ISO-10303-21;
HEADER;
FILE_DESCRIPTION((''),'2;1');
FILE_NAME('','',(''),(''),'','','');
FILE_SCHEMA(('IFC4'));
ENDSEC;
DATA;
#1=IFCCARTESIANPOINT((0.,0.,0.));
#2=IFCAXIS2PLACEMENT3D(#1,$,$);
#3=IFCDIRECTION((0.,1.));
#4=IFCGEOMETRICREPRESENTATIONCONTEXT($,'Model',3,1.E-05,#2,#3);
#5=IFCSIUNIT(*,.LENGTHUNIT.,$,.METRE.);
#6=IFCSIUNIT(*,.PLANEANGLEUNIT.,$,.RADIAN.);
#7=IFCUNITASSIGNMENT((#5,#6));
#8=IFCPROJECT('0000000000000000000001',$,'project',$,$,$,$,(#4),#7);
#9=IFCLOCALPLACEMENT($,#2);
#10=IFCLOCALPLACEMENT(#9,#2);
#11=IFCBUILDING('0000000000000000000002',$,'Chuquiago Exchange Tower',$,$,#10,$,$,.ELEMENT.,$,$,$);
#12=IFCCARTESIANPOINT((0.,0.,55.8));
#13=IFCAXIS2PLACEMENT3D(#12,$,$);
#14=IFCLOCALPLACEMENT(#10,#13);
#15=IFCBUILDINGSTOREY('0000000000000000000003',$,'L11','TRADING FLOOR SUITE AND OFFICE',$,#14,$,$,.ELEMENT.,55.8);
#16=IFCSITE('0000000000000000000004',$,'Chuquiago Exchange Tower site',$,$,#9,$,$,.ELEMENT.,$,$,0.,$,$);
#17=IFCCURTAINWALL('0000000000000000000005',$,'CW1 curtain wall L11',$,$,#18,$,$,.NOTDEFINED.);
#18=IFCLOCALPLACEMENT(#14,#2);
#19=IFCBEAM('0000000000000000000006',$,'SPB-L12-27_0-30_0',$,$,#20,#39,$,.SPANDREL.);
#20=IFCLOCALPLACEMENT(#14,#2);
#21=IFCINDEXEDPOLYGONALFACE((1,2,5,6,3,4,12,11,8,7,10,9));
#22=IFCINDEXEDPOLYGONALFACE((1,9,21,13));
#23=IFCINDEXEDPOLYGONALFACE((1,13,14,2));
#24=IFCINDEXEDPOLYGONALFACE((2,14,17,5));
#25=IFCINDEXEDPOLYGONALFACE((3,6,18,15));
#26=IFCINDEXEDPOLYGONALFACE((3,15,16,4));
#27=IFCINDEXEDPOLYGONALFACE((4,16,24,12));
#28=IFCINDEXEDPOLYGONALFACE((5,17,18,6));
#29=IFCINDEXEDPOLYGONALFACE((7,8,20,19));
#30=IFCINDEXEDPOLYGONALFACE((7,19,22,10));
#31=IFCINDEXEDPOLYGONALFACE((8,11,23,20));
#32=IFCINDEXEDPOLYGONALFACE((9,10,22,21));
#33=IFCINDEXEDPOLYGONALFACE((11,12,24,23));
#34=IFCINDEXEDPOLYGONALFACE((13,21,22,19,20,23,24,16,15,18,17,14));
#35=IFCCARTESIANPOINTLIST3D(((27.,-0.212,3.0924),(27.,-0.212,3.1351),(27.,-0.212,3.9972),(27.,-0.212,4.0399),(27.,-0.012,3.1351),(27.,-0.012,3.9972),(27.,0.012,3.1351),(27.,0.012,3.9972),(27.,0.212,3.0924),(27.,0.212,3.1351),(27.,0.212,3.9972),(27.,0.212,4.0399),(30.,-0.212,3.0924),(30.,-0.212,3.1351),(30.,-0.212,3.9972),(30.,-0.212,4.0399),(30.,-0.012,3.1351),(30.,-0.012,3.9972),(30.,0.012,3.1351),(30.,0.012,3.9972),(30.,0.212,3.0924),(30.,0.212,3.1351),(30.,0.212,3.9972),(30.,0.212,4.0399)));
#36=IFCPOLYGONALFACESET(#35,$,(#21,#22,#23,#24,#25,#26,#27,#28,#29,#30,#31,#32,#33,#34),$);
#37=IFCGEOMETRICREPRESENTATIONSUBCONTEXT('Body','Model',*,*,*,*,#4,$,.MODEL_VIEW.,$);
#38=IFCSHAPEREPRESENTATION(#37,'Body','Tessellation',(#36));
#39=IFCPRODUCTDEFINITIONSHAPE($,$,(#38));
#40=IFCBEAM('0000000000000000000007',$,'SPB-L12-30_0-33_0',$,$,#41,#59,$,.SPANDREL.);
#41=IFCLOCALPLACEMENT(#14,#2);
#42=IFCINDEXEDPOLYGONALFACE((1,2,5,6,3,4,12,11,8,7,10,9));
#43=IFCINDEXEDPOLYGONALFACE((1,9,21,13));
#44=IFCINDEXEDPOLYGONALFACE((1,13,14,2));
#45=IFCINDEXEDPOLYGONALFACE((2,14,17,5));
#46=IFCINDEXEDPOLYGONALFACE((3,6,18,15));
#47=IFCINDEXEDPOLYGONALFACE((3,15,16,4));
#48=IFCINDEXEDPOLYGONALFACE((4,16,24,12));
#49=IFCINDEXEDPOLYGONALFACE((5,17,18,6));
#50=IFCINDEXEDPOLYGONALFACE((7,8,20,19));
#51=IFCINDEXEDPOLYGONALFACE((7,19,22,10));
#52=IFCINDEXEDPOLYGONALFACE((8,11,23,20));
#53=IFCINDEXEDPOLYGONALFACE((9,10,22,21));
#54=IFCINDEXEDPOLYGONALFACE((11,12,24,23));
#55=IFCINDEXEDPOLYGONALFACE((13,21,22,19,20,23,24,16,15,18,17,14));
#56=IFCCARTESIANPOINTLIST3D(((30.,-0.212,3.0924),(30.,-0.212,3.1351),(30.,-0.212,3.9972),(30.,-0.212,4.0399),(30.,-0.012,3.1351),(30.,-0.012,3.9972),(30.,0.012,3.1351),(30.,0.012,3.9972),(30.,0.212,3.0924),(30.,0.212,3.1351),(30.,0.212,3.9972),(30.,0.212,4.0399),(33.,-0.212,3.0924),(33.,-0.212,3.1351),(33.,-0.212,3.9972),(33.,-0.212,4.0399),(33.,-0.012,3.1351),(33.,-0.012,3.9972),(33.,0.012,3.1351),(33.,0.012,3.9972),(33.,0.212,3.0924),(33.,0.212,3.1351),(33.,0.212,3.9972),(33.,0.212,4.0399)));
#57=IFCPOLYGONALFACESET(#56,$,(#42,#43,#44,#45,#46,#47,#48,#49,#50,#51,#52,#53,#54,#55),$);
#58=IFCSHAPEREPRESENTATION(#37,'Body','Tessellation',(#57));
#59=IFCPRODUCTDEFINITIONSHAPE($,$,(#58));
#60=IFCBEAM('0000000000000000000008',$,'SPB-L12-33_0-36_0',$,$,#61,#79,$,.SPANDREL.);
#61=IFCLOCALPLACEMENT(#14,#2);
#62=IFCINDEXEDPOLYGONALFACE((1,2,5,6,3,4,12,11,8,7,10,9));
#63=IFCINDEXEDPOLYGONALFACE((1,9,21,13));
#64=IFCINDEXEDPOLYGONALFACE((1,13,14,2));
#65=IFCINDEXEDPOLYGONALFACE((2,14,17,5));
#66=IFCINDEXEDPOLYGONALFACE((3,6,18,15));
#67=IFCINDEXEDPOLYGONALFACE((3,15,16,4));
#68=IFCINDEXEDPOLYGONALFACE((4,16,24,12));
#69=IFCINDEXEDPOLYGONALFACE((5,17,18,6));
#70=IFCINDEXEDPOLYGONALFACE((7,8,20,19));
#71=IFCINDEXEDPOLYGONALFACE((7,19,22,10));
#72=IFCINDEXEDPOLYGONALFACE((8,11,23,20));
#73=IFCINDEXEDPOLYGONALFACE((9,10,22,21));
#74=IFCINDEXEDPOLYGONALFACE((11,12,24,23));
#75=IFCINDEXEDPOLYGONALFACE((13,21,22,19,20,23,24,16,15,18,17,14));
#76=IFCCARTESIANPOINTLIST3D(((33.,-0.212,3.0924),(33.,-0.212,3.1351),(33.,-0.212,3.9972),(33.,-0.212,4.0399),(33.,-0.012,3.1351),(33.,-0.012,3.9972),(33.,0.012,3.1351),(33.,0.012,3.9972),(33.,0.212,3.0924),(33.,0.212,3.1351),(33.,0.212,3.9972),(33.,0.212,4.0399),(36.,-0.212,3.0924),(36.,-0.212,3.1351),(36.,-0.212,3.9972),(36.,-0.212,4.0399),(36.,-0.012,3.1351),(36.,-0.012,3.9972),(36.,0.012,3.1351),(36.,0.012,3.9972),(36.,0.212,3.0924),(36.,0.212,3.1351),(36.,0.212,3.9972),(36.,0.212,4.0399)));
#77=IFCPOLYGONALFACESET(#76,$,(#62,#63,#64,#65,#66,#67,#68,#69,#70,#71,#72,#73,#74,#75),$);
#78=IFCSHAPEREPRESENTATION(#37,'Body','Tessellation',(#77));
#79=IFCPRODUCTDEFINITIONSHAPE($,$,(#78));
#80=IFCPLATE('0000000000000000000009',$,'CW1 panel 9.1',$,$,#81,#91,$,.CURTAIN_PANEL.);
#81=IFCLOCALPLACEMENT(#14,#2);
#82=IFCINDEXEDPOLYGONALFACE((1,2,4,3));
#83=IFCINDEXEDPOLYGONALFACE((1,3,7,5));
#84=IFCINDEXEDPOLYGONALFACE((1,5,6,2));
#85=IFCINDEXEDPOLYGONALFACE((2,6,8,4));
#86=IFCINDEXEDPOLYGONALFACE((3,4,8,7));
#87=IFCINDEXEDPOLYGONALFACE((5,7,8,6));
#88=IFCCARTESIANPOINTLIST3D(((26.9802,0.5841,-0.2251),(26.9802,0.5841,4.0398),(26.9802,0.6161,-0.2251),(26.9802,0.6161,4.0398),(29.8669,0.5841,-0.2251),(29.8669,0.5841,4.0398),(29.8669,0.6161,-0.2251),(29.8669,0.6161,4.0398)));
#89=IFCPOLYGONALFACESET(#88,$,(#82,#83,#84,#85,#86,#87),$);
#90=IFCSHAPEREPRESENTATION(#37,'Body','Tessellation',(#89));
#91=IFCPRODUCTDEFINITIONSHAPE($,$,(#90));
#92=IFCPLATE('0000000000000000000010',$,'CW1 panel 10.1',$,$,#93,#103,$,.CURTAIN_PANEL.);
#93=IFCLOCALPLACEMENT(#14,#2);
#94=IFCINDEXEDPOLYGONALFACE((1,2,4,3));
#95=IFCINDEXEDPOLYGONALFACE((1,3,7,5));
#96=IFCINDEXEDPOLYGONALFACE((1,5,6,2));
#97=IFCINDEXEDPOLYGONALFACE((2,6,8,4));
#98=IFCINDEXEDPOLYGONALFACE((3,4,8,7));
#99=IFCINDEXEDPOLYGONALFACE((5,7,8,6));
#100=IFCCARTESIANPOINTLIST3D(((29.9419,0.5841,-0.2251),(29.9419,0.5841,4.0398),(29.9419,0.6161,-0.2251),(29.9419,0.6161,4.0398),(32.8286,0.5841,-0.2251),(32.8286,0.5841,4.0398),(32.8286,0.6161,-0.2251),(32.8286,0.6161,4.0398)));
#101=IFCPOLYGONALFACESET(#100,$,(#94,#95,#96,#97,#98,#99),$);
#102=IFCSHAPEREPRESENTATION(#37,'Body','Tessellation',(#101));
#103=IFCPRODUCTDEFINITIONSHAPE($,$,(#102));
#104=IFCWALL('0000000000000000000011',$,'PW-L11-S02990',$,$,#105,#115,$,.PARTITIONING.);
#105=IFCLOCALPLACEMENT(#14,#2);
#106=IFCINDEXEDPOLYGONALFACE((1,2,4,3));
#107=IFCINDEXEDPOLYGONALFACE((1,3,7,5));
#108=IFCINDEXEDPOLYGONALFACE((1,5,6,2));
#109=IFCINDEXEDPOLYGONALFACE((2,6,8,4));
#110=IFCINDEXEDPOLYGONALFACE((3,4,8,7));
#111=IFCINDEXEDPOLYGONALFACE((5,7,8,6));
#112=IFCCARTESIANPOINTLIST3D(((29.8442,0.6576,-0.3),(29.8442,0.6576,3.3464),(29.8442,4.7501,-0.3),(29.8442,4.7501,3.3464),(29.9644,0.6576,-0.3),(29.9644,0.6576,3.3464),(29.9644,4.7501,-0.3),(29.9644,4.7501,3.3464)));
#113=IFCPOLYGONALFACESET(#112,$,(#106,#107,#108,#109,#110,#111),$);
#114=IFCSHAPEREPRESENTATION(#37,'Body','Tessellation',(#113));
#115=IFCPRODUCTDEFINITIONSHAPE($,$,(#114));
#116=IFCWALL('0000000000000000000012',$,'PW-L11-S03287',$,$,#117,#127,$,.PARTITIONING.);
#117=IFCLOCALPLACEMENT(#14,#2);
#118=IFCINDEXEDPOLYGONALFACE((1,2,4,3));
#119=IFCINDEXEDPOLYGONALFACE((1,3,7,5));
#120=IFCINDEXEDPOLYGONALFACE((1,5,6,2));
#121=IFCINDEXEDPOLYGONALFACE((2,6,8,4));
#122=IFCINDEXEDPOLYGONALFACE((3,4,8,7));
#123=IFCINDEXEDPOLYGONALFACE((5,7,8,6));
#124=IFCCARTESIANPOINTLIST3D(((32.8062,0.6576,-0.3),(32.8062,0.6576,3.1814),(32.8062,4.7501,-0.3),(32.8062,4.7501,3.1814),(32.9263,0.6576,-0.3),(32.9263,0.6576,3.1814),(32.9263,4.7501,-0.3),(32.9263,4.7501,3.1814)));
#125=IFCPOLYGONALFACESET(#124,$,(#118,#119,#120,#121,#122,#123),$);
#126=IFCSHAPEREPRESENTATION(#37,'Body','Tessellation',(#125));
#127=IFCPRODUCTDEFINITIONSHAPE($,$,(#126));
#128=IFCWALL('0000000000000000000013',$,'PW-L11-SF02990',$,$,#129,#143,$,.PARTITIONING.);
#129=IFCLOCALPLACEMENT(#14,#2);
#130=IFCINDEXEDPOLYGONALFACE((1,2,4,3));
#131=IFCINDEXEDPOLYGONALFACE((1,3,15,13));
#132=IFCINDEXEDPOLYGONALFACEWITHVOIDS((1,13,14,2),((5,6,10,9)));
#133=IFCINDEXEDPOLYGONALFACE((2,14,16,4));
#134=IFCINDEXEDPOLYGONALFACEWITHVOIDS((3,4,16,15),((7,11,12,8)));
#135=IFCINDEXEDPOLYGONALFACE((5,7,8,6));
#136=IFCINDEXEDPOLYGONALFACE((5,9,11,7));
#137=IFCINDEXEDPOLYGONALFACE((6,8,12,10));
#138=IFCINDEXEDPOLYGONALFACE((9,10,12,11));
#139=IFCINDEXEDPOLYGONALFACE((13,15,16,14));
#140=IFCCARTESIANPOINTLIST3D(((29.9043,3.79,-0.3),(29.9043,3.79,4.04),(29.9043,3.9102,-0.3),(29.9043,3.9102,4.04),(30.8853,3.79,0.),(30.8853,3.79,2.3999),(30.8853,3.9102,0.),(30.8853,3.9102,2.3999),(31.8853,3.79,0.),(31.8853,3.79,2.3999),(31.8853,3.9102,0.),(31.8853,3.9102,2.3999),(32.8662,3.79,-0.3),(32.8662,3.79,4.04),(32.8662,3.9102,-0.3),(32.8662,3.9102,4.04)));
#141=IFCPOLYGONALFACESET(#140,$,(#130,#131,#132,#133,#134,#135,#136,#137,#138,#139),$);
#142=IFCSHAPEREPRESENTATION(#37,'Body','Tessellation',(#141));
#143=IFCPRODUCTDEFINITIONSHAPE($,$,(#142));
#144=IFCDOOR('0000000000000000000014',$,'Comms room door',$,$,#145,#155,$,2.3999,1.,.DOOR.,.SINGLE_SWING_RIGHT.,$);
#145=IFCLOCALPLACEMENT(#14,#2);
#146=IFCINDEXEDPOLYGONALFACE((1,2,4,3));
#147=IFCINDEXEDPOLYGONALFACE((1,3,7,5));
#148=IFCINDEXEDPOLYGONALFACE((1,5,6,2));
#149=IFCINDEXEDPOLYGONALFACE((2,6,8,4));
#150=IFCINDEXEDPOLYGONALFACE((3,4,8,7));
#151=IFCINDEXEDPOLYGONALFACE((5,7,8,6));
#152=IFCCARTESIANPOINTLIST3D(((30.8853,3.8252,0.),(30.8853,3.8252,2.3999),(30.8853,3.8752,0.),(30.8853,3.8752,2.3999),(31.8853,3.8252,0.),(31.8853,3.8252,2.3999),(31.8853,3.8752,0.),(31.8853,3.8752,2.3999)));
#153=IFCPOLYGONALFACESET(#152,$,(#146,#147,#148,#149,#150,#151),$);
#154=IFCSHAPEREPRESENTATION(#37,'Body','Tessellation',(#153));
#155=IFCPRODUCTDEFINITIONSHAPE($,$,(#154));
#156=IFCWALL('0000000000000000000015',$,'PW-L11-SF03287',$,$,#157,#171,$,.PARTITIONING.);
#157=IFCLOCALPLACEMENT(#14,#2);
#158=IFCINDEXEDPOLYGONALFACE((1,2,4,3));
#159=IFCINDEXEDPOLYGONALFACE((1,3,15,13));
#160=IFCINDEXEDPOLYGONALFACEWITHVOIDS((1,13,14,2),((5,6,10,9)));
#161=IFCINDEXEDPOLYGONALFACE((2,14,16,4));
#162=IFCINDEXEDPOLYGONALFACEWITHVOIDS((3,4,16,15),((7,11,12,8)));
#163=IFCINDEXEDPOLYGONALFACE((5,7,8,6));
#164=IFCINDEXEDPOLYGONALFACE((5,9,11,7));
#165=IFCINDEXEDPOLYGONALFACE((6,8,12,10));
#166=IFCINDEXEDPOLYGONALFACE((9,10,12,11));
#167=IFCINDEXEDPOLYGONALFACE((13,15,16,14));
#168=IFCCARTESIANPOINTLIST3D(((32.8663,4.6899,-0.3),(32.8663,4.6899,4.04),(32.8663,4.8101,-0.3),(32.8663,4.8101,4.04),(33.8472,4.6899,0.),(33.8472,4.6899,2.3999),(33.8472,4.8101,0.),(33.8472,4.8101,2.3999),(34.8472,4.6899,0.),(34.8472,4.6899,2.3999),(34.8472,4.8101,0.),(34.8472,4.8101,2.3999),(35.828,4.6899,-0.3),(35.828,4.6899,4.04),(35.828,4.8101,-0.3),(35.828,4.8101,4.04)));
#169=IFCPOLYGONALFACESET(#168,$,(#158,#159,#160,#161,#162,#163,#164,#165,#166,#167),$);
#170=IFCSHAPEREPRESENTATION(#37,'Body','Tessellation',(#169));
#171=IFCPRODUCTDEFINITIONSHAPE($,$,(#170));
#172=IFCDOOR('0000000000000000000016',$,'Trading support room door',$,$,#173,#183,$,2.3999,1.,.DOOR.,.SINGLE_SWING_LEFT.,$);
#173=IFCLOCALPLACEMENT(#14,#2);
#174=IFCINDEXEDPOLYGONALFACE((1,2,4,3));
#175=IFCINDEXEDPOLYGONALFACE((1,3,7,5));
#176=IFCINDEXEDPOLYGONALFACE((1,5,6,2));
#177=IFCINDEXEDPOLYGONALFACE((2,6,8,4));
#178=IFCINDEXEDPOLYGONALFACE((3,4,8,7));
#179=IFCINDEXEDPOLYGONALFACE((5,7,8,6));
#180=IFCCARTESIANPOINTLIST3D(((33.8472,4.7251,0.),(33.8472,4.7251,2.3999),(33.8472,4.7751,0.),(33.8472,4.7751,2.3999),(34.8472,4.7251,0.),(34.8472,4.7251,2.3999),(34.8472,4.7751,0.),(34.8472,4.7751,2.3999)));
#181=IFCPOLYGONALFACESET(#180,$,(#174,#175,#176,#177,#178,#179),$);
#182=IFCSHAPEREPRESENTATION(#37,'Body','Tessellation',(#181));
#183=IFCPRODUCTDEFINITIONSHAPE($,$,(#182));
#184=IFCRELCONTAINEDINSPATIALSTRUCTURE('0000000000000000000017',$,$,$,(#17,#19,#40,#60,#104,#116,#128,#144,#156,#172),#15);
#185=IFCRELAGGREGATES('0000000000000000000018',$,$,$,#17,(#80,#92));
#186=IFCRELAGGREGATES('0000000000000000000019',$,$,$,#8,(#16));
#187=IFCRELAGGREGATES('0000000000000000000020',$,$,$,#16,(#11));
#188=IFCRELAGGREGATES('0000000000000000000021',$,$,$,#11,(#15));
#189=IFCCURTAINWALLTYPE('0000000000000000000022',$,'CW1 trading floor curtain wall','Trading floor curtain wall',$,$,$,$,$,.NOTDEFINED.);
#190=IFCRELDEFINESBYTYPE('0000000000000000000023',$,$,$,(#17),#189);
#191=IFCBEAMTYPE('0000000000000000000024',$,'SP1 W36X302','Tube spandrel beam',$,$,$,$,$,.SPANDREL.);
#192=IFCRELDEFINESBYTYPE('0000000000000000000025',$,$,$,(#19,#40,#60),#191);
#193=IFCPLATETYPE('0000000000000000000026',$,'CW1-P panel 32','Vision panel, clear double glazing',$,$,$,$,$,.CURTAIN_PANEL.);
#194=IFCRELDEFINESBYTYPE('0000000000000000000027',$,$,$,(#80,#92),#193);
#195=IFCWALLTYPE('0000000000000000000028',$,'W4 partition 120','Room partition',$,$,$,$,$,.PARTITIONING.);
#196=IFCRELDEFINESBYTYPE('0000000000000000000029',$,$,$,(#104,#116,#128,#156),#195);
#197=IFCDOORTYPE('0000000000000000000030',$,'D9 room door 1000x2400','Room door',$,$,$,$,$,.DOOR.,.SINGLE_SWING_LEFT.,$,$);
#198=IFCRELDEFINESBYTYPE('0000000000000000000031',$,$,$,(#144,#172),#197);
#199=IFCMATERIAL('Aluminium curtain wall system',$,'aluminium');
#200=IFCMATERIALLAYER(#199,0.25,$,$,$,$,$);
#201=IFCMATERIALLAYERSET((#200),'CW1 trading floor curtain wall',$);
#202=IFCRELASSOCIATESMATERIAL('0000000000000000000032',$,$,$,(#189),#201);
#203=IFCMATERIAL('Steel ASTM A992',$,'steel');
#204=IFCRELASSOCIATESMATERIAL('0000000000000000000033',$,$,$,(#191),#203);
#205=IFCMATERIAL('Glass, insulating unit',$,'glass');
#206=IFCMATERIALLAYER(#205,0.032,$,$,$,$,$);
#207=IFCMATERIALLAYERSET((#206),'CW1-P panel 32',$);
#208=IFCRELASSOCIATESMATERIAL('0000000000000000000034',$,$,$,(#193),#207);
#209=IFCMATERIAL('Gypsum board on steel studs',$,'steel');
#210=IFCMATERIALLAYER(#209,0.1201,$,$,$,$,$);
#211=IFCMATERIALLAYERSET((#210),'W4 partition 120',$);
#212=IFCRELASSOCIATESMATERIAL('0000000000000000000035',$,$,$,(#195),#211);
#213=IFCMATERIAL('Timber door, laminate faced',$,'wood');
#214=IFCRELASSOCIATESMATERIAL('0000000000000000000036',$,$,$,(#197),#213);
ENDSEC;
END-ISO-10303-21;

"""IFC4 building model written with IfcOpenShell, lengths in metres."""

from ifc_helpers import new_model, si_unit, direction, frame, frame_2d, origin, origin_2d, place, context, subcontext, project, spatial, rectangle, i_section, extrude, material, layer, layer_set, material_profile, profile_set, type_object, element, fill, aggregate, save


model = new_model("IFC4")

# Units and contexts
model_context = context("Model", 3, precision=1e-05, world=origin(), true_north=direction((0.0, 1.0)))
body_context = subcontext(model_context, "Body", "Model", "MODEL_VIEW")
ifc_project = project(units=[si_unit("LENGTHUNIT", "METRE"), si_unit("PLANEANGLEUNIT", "RADIAN")], contexts=[model_context])

# Site, building, storey
site_placement = place(None, origin())
site = spatial("IfcSite", under=ifc_project, at=site_placement, Name="Chuquiago Exchange Tower site", CompositionType="ELEMENT", RefElevation=0.0)
building_placement = place(site_placement, origin())
building = spatial("IfcBuilding", under=site, at=building_placement, Name="Chuquiago Exchange Tower", CompositionType="ELEMENT")
storey_placement = place(building_placement, frame((0.0, 0.0, 55.8)))
storey = spatial("IfcBuildingStorey", under=building, at=storey_placement, Name="L11", Description="TRADING FLOOR SUITE AND OFFICE", CompositionType="ELEMENT", Elevation=55.8)

# Curtain wall
ifc_material_1 = material(Name="Aluminium curtain wall system", Category="aluminium")
ifc_layer_1 = layer(ifc_material_1, 0.25)
ifc_layer_set_1 = layer_set([ifc_layer_1], Name="CW1 trading floor curtain wall")
curtain_wall_type = type_object("IfcCurtainWallType", Name="CW1 trading floor curtain wall", Description="Trading floor curtain wall", PredefinedType="NOTDEFINED", material=ifc_layer_set_1)
curtain_wall_placement = place(storey_placement, origin())
curtain_wall = element("IfcCurtainWall", 1, at=curtain_wall_placement, inside=storey, type_object=curtain_wall_type, Name="CW1 curtain wall L11", PredefinedType="NOTDEFINED")

# Beams
ifc_material_2 = material(Name="Steel ASTM A992", Category="steel")
ifc_material_profile_1 = material_profile(ifc_material_2, i_section(OverallWidth=0.4241, OverallDepth=0.9475, WebThickness=0.0239, FlangeThickness=0.0427, at=origin_2d()), Name="W36X302")
ifc_profile_set_1 = profile_set([ifc_material_profile_1], Name="Steel ASTM A992")
beam_type_1 = type_object("IfcBeamType", Name="SP1 W36X302", Description="Tube spandrel beam", PredefinedType="SPANDREL", material=ifc_profile_set_1)
for number, where, z_axis, x_axis, name in (
    (2, (27.0, 0.0, 3.5662), (1.0, 0.0, 0.0), (0.0, 1.0, 0.0), "SPB-L12-27_0-30_0"),
    (3, (30.0, 0.0, 3.5662), (1.0, 0.0, 0.0), (0.0, 1.0, 0.0), "SPB-L12-30_0-33_0"),
    (4, (33.0, 0.0, 3.5662), (1.0, 0.0, 0.0), (0.0, 1.0, 0.0), "SPB-L12-33_0-36_0"),
):
    element("IfcBeam", number, at=place(storey_placement, frame(where, z_axis=z_axis, x_axis=x_axis)), inside=storey, type_object=beam_type_1, Name=name, PredefinedType="SPANDREL", context=body_context, shape_type="SweptSolid", body=[
        extrude(i_section(OverallWidth=0.4241, OverallDepth=0.9475, WebThickness=0.0239, FlangeThickness=0.0427, at=origin_2d()), origin(), (0.0, 0.0, 1.0), 3.0),
    ])

# Plates
ifc_material_3 = material(Name="Glass, insulating unit", Category="glass")
ifc_layer_2 = layer(ifc_material_3, 0.032)
ifc_layer_set_2 = layer_set([ifc_layer_2], Name="CW1-P panel 32")
plate_type = type_object("IfcPlateType", Name="CW1-P panel 32", Description="Vision panel, clear double glazing", PredefinedType="CURTAIN_PANEL", material=ifc_layer_set_2)
plate_1_placement = place(storey_placement, frame((28.4236, 0.6001, -0.2251), z_axis=(0.0, 0.0, 1.0), x_axis=(1.0, 0.0, 0.0)))
plate_1 = element("IfcPlate", 5, at=plate_1_placement, type_object=plate_type, Name="CW1 panel 9.1", PredefinedType="CURTAIN_PANEL", context=body_context, shape_type="SweptSolid", body=[
    extrude(rectangle(XDim=2.8867, YDim=0.032, at=origin_2d()), origin(), (0.0, 0.0, 1.0), 4.2649),
])
plate_2_placement = place(storey_placement, frame((31.3853, 0.6001, -0.2251), z_axis=(0.0, 0.0, 1.0), x_axis=(1.0, 0.0, 0.0)))
plate_2 = element("IfcPlate", 6, at=plate_2_placement, type_object=plate_type, Name="CW1 panel 10.1", PredefinedType="CURTAIN_PANEL", context=body_context, shape_type="SweptSolid", body=[
    extrude(rectangle(XDim=2.8867, YDim=0.032, at=origin_2d()), origin(), (0.0, 0.0, 1.0), 4.2649),
])
aggregate(curtain_wall, [plate_1, plate_2])

# Walls
ifc_material_4 = material(Name="Gypsum board on steel studs", Category="steel")
ifc_layer_3 = layer(ifc_material_4, 0.1201)
ifc_layer_set_3 = layer_set([ifc_layer_3], Name="W4 partition 120")
wall_type = type_object("IfcWallType", Name="W4 partition 120", Description="Room partition", PredefinedType="PARTITIONING", material=ifc_layer_set_3)
wall_1_placement = place(storey_placement, frame((29.9043, 0.6575, -0.3), z_axis=(0.0, 0.0, 1.0), x_axis=(0.0, 1.0, 0.0)))
element("IfcWall", 7, at=wall_1_placement, inside=storey, type_object=wall_type, Name="PW-L11-S02990", PredefinedType="PARTITIONING", context=body_context, shape_type="SweptSolid", body=[
    extrude(rectangle(XDim=4.0925, YDim=0.1201, at=frame_2d((2.0464, 0.0))), origin(), (0.0, 0.0, 1.0), 3.6465),
])
wall_2_placement = place(storey_placement, frame((32.8662, 0.6575, -0.3), z_axis=(0.0, 0.0, 1.0), x_axis=(0.0, 1.0, 0.0)))
element("IfcWall", 8, at=wall_2_placement, inside=storey, type_object=wall_type, Name="PW-L11-S03287", PredefinedType="PARTITIONING", context=body_context, shape_type="SweptSolid", body=[
    extrude(rectangle(XDim=4.0925, YDim=0.1201, at=frame_2d((2.0464, 0.0))), origin(), (0.0, 0.0, 1.0), 3.4814),
])

# Walls, openings, doors
wall_3_placement = place(storey_placement, frame((29.9043, 3.8501, -0.3), z_axis=(0.0, 0.0, 1.0), x_axis=(1.0, 0.0, 0.0)))
wall_3 = element("IfcWall", 9, at=wall_3_placement, inside=storey, type_object=wall_type, Name="PW-L11-SF02990", PredefinedType="PARTITIONING", context=body_context, shape_type="SweptSolid", body=[
    extrude(rectangle(XDim=2.9619, YDim=0.1201, at=frame_2d((1.481, 0.0))), origin(), (0.0, 0.0, 1.0), 4.3401),
])
opening_1_placement = place(wall_3_placement, frame((0.981, 0.0, 0.3)))
opening_1 = element("IfcOpeningElement", 10, at=opening_1_placement, cuts=wall_3, PredefinedType="OPENING", context=body_context, shape_type="SweptSolid", body=[
    extrude(rectangle(XDim=1.0, YDim=2.3999, at=frame_2d((0.5, 1.2))), frame((0.0, 0.0701, 0.0), z_axis=(0.0, -1.0, 0.0), x_axis=(1.0, 0.0, 0.0)), (0.0, 0.0, 1.0), 0.1401),
])
ifc_material_5 = material(Name="Timber door, laminate faced", Category="wood")
door_type = type_object("IfcDoorType", Name="D9 room door 1000x2400", Description="Room door", OperationType="SINGLE_SWING_LEFT", PredefinedType="DOOR", material=ifc_material_5)
door_1_placement = place(opening_1_placement, frame((1.0, 0.0, 0.0), z_axis=(0.0, 0.0, 1.0), x_axis=(-1.0, 0.0, 0.0)))
door_1 = element("IfcDoor", 11, at=door_1_placement, inside=storey, type_object=door_type, Name="Comms room door", OperationType="SINGLE_SWING_RIGHT", OverallHeight=2.3999, OverallWidth=1.0, PredefinedType="DOOR", context=body_context, shape_type="SweptSolid", body=[
    extrude(rectangle(XDim=1.0, YDim=2.3999, at=frame_2d((0.5, 1.2))), frame((0.0, 0.0249, 0.0), z_axis=(0.0, -1.0, 0.0), x_axis=(1.0, 0.0, 0.0)), (0.0, 0.0, 1.0), 0.05),
])
fill(opening_1, door_1)
wall_4_placement = place(storey_placement, frame((32.8662, 4.75, -0.3), z_axis=(0.0, 0.0, 1.0), x_axis=(1.0, 0.0, 0.0)))
wall_4 = element("IfcWall", 12, at=wall_4_placement, inside=storey, type_object=wall_type, Name="PW-L11-SF03287", PredefinedType="PARTITIONING", context=body_context, shape_type="SweptSolid", body=[
    extrude(rectangle(XDim=2.9617, YDim=0.1201, at=frame_2d((1.481, 0.0))), origin(), (0.0, 0.0, 1.0), 4.3401),
])
opening_2_placement = place(wall_4_placement, frame((0.981, 0.0, 0.3)))
opening_2 = element("IfcOpeningElement", 13, at=opening_2_placement, cuts=wall_4, PredefinedType="OPENING", context=body_context, shape_type="SweptSolid", body=[
    extrude(rectangle(XDim=1.0, YDim=2.3999, at=frame_2d((0.5, 1.2))), frame((0.0, 0.0701, 0.0), z_axis=(0.0, -1.0, 0.0), x_axis=(1.0, 0.0, 0.0)), (0.0, 0.0, 1.0), 0.1401),
])
door_2_placement = place(opening_2_placement, frame((1.0, 0.0, 0.0), z_axis=(0.0, 0.0, 1.0), x_axis=(-1.0, 0.0, 0.0)))
door_2 = element("IfcDoor", 14, at=door_2_placement, inside=storey, type_object=door_type, Name="Trading support room door", OperationType="SINGLE_SWING_LEFT", OverallHeight=2.3999, OverallWidth=1.0, PredefinedType="DOOR", context=body_context, shape_type="SweptSolid", body=[
    extrude(rectangle(XDim=1.0, YDim=2.3999, at=frame_2d((0.5, 1.2))), frame((0.0, 0.0249, 0.0), z_axis=(0.0, -1.0, 0.0), x_axis=(1.0, 0.0, 0.0)), (0.0, 0.0, 1.0), 0.05),
])
fill(opening_2, door_2)

save(model, "model.ifc")
